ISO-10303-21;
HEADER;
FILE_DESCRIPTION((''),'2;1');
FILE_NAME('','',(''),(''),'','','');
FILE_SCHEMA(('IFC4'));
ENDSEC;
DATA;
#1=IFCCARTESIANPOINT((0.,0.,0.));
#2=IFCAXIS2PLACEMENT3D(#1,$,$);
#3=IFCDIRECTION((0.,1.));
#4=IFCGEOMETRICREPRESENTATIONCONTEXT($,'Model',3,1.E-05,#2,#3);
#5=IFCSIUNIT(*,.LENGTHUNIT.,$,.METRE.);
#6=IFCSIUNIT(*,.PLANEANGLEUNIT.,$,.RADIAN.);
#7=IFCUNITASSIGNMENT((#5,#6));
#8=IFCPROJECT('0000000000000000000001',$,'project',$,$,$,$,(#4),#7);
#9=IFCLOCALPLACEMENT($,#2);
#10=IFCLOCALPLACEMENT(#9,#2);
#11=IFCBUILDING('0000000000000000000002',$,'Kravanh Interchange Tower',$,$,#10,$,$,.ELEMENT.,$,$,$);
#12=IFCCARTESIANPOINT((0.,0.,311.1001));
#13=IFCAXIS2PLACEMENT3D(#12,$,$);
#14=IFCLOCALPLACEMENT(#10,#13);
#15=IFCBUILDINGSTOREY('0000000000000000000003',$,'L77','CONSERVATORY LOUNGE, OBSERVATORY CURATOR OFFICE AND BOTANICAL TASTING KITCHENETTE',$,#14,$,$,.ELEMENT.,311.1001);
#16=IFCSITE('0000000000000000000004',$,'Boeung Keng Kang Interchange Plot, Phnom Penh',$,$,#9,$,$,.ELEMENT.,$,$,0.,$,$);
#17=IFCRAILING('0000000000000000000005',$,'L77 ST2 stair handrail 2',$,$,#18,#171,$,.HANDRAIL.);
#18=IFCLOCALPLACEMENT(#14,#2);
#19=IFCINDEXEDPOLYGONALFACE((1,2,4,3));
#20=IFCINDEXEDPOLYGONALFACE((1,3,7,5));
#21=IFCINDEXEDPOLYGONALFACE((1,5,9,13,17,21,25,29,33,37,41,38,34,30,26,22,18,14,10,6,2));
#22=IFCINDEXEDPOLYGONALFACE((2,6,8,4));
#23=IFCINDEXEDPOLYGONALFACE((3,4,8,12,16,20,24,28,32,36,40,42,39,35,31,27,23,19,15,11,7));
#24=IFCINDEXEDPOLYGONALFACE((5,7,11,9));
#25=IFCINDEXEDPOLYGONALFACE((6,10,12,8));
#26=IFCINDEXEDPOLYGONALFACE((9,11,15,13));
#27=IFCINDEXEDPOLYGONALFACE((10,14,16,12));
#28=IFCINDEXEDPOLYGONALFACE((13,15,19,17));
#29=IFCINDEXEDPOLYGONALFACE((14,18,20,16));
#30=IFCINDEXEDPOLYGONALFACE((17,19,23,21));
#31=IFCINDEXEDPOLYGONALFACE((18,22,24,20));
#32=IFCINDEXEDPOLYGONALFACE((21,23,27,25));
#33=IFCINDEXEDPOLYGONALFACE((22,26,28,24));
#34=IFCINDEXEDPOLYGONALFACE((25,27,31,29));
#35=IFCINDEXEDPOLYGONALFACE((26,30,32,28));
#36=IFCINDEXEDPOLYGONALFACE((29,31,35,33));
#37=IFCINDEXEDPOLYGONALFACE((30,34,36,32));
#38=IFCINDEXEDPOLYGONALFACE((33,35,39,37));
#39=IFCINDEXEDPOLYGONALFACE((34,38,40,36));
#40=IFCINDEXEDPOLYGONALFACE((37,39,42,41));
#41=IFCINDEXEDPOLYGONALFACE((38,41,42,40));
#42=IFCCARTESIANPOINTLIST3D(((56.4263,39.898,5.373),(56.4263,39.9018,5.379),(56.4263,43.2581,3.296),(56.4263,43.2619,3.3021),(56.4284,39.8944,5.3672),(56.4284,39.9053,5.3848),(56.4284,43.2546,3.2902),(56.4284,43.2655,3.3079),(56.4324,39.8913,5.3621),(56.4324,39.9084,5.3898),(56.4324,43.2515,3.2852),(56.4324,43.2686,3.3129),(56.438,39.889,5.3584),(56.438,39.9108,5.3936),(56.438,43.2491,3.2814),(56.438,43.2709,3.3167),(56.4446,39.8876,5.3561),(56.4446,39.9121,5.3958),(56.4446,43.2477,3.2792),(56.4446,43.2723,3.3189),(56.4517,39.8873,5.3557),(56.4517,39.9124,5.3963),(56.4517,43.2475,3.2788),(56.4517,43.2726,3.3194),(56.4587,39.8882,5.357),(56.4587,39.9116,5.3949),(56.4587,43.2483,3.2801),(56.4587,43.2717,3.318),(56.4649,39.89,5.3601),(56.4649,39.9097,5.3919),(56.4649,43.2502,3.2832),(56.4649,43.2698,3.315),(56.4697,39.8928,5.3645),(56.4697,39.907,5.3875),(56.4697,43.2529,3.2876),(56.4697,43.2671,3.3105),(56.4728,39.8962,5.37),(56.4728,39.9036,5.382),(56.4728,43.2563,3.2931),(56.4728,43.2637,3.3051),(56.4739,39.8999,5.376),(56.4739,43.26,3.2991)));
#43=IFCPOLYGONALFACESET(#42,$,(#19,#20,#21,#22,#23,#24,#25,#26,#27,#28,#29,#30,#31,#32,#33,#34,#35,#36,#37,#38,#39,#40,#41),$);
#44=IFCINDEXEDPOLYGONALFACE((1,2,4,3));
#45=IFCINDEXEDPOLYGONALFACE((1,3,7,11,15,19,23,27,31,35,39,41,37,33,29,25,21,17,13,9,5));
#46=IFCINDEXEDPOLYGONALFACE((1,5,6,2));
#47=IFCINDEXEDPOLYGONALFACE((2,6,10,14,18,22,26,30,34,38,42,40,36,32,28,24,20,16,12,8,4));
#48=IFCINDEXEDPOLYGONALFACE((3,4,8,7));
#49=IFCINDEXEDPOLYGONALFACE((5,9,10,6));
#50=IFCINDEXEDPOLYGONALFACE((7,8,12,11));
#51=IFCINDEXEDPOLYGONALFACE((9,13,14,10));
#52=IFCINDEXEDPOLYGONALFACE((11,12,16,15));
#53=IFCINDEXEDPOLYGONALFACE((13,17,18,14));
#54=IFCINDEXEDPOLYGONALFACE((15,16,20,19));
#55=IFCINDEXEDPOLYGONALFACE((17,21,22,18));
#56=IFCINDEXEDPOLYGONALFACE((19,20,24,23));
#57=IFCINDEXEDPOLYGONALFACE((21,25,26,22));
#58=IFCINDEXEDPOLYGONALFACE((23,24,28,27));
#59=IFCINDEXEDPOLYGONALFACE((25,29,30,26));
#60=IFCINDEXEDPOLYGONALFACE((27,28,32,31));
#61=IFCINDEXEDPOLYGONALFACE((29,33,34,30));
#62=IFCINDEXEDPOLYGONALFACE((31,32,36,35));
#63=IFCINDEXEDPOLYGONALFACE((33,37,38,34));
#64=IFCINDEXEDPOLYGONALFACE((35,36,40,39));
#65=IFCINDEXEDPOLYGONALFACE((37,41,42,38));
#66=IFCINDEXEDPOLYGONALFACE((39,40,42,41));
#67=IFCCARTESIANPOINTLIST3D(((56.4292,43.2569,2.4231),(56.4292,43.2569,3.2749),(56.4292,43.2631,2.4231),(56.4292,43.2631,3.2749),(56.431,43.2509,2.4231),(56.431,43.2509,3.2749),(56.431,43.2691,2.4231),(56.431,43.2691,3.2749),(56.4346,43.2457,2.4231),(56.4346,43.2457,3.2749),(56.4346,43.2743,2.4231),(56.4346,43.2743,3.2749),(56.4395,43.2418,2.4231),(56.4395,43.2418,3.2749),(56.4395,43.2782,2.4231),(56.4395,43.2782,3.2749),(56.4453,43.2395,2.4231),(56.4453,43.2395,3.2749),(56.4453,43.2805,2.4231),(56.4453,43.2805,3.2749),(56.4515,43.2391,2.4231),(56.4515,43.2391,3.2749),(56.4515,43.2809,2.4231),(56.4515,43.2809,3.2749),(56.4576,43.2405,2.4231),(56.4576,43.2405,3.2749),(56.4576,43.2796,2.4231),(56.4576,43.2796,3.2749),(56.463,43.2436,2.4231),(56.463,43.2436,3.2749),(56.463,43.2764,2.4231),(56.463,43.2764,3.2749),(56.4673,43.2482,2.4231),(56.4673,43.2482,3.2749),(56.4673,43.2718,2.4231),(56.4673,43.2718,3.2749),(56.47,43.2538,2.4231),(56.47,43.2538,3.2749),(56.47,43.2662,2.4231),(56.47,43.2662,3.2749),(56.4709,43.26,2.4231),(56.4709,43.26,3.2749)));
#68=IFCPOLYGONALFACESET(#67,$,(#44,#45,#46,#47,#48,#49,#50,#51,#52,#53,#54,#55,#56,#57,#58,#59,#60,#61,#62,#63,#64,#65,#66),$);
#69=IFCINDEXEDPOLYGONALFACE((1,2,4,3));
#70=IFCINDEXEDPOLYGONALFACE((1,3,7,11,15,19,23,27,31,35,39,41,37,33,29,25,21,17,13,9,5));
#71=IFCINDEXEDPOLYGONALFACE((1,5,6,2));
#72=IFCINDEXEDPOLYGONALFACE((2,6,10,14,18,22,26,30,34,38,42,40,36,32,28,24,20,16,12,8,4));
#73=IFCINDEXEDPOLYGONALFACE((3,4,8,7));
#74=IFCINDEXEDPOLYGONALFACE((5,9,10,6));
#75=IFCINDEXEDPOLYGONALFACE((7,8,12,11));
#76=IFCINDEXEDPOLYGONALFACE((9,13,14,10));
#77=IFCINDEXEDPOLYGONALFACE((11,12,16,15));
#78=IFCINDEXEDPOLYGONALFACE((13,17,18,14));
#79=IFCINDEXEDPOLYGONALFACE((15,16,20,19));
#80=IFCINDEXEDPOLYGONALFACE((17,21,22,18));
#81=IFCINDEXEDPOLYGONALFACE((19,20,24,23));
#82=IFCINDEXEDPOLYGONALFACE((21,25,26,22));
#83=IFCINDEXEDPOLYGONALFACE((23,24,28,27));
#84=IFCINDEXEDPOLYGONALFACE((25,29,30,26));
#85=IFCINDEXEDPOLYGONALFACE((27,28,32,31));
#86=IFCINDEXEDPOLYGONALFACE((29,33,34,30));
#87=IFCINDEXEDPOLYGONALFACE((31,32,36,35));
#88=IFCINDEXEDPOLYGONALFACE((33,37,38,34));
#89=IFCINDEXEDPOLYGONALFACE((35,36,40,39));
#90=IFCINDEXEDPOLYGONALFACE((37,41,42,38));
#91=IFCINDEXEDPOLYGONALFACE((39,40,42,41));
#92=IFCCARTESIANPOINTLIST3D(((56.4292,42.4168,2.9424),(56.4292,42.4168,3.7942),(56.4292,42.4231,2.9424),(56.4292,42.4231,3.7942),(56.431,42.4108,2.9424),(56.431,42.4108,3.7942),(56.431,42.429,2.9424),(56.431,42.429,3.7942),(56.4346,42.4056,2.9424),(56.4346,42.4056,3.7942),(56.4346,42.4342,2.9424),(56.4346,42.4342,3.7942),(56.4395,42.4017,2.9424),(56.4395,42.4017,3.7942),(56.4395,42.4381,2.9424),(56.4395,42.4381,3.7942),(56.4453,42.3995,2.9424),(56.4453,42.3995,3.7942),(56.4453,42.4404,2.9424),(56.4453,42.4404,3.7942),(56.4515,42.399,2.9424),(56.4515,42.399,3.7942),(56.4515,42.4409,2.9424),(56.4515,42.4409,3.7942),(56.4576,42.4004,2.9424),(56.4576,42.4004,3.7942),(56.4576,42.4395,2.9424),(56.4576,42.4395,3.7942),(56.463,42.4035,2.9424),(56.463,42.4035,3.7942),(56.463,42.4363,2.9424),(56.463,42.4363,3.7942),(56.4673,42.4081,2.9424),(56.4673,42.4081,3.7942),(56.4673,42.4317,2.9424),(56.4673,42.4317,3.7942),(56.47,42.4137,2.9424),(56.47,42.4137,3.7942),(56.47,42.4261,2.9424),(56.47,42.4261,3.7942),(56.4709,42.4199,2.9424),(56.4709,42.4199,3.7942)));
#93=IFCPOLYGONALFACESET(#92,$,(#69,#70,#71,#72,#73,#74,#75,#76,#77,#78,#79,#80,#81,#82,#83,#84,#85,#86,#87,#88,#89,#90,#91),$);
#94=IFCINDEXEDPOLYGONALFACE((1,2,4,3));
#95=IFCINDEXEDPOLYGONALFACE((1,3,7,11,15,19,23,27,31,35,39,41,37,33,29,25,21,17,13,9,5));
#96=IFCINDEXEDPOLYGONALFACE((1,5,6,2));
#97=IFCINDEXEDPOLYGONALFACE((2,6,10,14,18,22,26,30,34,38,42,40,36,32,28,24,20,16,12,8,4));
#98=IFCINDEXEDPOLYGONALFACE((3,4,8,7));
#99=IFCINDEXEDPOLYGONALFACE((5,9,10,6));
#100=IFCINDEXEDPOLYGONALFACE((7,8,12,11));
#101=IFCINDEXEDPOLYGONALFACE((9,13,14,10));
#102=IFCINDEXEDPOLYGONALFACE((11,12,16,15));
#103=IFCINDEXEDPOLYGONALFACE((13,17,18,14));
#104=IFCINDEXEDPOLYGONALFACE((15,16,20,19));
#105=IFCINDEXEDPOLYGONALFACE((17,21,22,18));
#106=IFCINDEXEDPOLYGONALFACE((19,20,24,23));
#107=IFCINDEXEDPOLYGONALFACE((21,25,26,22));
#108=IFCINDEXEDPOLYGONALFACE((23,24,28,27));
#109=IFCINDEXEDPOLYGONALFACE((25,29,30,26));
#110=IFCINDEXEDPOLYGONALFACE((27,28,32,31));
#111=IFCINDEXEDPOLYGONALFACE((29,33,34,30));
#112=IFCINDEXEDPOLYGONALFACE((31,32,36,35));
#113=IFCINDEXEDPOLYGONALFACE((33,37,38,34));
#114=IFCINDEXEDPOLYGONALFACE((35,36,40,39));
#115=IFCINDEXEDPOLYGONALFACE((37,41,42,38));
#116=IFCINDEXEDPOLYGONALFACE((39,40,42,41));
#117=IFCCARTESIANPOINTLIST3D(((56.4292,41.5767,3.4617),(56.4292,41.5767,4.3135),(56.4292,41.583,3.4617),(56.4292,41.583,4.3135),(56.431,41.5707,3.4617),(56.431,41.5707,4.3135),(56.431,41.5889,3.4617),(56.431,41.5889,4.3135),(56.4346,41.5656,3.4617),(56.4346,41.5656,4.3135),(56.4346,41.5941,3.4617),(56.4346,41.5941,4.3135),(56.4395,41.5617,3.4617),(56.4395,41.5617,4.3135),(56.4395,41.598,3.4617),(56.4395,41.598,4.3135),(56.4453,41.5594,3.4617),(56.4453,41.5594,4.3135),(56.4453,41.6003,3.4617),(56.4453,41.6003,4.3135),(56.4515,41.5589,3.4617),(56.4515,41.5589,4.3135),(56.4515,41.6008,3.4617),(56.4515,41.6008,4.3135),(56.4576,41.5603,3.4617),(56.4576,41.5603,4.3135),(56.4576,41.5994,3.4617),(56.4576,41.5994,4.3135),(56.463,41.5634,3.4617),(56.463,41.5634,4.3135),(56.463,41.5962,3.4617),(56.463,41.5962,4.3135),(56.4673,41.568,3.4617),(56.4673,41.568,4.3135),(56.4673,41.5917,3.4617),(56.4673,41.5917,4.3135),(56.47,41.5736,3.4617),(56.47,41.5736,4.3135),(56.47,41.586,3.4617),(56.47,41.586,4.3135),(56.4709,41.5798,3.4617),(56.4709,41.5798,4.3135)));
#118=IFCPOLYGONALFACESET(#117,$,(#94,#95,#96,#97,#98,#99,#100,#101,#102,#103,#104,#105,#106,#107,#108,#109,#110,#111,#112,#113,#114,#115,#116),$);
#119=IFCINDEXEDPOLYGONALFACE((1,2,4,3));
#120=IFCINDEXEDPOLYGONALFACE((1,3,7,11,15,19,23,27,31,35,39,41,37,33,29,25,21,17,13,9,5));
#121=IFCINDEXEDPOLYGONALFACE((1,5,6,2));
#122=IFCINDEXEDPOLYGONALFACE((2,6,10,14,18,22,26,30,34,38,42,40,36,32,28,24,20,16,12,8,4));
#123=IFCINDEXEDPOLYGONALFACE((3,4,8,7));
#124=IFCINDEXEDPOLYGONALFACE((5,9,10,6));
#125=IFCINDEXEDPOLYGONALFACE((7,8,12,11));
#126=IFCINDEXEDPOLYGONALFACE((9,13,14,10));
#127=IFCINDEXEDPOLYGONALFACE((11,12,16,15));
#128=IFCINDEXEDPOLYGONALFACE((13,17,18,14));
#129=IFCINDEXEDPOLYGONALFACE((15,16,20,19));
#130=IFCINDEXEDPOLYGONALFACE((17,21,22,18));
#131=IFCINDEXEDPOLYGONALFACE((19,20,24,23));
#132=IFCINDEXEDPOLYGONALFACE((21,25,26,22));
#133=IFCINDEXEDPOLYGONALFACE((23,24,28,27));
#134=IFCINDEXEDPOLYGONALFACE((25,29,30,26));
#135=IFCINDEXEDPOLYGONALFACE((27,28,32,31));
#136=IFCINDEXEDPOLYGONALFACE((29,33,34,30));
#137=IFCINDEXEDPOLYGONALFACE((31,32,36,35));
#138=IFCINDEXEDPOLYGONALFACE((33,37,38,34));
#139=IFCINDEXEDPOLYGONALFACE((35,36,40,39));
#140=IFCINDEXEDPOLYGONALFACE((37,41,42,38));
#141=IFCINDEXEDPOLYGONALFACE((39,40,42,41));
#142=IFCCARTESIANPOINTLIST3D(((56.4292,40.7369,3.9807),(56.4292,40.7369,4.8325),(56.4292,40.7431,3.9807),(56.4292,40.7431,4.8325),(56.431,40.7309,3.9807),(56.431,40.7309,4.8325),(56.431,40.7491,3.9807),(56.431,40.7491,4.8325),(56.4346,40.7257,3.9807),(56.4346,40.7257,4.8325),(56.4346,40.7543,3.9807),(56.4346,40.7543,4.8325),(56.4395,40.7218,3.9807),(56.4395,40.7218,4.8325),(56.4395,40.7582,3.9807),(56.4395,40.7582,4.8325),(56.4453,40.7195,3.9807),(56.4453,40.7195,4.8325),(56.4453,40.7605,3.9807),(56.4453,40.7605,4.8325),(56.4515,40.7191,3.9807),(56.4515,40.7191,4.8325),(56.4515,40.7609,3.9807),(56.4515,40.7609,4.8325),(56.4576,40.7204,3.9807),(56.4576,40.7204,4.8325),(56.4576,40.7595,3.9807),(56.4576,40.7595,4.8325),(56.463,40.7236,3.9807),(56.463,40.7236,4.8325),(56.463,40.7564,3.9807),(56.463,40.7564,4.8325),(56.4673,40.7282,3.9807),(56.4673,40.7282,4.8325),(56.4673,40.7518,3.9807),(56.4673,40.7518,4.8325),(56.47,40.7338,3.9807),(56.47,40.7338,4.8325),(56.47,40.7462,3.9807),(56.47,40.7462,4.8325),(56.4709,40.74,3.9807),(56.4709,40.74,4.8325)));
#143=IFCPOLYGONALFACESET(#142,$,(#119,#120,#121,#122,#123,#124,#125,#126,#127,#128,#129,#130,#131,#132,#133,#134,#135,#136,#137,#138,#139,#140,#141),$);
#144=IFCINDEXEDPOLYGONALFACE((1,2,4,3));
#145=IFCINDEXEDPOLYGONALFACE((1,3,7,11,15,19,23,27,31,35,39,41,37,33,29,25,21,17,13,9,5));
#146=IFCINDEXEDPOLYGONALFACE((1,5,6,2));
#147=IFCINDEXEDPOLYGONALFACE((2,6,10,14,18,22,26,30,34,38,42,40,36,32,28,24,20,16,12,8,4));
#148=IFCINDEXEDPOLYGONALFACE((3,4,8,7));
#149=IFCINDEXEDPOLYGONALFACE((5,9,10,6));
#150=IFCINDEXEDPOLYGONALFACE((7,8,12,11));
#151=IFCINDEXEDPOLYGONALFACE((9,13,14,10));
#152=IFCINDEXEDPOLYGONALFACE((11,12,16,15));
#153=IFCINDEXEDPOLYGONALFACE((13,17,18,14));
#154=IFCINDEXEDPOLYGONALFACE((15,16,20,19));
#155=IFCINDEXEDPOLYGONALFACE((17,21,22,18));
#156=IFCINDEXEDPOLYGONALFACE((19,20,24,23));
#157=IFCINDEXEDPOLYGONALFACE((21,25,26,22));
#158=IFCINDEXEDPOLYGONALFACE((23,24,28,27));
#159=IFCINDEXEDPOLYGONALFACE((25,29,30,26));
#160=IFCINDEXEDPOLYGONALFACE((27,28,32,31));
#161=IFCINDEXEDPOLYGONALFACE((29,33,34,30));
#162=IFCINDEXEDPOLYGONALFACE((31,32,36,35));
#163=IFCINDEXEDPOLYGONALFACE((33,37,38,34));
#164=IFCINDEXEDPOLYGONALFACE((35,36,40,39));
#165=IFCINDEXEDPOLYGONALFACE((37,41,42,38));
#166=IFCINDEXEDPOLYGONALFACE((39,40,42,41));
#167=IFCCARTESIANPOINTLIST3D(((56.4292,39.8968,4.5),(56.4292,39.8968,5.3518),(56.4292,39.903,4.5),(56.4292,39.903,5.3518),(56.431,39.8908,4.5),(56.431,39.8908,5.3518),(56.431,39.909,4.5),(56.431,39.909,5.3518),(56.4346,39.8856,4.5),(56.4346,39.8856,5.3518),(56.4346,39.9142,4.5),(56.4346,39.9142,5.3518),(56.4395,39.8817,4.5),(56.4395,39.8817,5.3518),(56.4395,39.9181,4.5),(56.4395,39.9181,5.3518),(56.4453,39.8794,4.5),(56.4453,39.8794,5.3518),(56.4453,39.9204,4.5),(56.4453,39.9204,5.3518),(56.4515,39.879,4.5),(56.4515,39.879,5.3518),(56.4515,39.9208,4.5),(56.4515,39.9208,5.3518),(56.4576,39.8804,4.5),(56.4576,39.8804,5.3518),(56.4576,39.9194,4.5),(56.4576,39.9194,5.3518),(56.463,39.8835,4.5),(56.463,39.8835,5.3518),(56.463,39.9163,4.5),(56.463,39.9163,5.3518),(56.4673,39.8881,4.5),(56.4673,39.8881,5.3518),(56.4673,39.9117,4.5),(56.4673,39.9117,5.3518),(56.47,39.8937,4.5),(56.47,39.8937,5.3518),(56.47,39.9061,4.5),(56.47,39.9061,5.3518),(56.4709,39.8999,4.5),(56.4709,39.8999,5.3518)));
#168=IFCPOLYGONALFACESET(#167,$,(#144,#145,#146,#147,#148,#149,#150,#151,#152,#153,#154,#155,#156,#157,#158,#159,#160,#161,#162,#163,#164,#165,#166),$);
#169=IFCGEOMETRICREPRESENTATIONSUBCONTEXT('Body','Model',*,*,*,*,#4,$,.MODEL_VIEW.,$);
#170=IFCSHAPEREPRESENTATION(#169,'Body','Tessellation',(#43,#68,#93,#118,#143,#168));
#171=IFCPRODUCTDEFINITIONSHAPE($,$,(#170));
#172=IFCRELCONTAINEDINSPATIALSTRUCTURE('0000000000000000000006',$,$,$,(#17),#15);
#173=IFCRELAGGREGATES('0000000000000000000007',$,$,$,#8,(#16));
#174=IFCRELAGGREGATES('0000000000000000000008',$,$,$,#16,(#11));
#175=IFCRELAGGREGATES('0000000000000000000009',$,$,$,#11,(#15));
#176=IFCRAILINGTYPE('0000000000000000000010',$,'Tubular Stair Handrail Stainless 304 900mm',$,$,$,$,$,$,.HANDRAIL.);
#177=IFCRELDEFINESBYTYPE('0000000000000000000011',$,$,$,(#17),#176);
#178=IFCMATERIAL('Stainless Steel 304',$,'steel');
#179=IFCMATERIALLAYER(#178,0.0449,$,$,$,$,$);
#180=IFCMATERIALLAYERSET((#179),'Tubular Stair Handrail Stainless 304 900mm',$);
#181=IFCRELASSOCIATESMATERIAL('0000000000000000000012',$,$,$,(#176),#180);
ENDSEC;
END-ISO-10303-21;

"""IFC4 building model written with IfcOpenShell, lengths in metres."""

from ifc_helpers import new_model, si_unit, direction, frame, origin, origin_2d, place, context, subcontext, project, spatial, circle, extrude, material, layer, layer_set, type_object, element, save


model = new_model("IFC4")

# Units and contexts
model_context = context("Model", 3, precision=1e-05, world=origin(), true_north=direction((0.0, 1.0)))
body_context = subcontext(model_context, "Body", "Model", "MODEL_VIEW")
ifc_project = project(units=[si_unit("LENGTHUNIT", "METRE"), si_unit("PLANEANGLEUNIT", "RADIAN")], contexts=[model_context])

# Site, building, storey
site_placement = place(None, origin())
site = spatial("IfcSite", under=ifc_project, at=site_placement, Name="Boeung Keng Kang Interchange Plot, Phnom Penh", CompositionType="ELEMENT", RefElevation=0.0)
building_placement = place(site_placement, origin())
building = spatial("IfcBuilding", under=site, at=building_placement, Name="Kravanh Interchange Tower", CompositionType="ELEMENT")
storey_placement = place(building_placement, frame((0.0, 0.0, 311.1001)))
storey = spatial("IfcBuildingStorey", under=building, at=storey_placement, Name="L77", Description="CONSERVATORY LOUNGE, OBSERVATORY CURATOR OFFICE AND BOTANICAL TASTING KITCHENETTE", CompositionType="ELEMENT", Elevation=311.1001)

# Railing
ifc_material_1 = material(Name="Stainless Steel 304", Category="steel")
ifc_layer_1 = layer(ifc_material_1, 0.0449)
ifc_layer_set_1 = layer_set([ifc_layer_1], Name="Tubular Stair Handrail Stainless 304 900mm")
railing_type_1 = type_object("IfcRailingType", Name="Tubular Stair Handrail Stainless 304 900mm", PredefinedType="HANDRAIL", material=ifc_layer_set_1)
railing_1_placement = place(storey_placement, frame((56.45, 43.26, 2.4231)))
element("IfcRailing", 1, at=railing_1_placement, inside=storey, type_object=railing_type_1, Name="L77 ST2 stair handrail 2", PredefinedType="HANDRAIL", context=body_context, shape_type="SweptSolid", body=[
    extrude(circle(Radius=0.0239, at=origin_2d()), frame((0.0, 0.0, 0.876), z_axis=(0.0, -0.850623, 0.525776), x_axis=(1.0, 0.0, 0.0)), (0.0, 0.0, 1.0), 3.9502),
    extrude(circle(Radius=0.021, at=origin_2d()), origin(), (0.0, 0.0, 1.0), 0.8518),
    extrude(circle(Radius=0.021, at=origin_2d()), frame((0.0, -0.8401, 0.5193)), (0.0, 0.0, 1.0), 0.8518),
    extrude(circle(Radius=0.021, at=origin_2d()), frame((0.0, -1.6802, 1.0386)), (0.0, 0.0, 1.0), 0.8518),
    extrude(circle(Radius=0.021, at=origin_2d()), frame((0.0, -2.52, 1.5576)), (0.0, 0.0, 1.0), 0.8518),
    extrude(circle(Radius=0.021, at=origin_2d()), frame((0.0, -3.3601, 2.0769)), (0.0, 0.0, 1.0), 0.8518),
])

save(model, "model.ifc")
